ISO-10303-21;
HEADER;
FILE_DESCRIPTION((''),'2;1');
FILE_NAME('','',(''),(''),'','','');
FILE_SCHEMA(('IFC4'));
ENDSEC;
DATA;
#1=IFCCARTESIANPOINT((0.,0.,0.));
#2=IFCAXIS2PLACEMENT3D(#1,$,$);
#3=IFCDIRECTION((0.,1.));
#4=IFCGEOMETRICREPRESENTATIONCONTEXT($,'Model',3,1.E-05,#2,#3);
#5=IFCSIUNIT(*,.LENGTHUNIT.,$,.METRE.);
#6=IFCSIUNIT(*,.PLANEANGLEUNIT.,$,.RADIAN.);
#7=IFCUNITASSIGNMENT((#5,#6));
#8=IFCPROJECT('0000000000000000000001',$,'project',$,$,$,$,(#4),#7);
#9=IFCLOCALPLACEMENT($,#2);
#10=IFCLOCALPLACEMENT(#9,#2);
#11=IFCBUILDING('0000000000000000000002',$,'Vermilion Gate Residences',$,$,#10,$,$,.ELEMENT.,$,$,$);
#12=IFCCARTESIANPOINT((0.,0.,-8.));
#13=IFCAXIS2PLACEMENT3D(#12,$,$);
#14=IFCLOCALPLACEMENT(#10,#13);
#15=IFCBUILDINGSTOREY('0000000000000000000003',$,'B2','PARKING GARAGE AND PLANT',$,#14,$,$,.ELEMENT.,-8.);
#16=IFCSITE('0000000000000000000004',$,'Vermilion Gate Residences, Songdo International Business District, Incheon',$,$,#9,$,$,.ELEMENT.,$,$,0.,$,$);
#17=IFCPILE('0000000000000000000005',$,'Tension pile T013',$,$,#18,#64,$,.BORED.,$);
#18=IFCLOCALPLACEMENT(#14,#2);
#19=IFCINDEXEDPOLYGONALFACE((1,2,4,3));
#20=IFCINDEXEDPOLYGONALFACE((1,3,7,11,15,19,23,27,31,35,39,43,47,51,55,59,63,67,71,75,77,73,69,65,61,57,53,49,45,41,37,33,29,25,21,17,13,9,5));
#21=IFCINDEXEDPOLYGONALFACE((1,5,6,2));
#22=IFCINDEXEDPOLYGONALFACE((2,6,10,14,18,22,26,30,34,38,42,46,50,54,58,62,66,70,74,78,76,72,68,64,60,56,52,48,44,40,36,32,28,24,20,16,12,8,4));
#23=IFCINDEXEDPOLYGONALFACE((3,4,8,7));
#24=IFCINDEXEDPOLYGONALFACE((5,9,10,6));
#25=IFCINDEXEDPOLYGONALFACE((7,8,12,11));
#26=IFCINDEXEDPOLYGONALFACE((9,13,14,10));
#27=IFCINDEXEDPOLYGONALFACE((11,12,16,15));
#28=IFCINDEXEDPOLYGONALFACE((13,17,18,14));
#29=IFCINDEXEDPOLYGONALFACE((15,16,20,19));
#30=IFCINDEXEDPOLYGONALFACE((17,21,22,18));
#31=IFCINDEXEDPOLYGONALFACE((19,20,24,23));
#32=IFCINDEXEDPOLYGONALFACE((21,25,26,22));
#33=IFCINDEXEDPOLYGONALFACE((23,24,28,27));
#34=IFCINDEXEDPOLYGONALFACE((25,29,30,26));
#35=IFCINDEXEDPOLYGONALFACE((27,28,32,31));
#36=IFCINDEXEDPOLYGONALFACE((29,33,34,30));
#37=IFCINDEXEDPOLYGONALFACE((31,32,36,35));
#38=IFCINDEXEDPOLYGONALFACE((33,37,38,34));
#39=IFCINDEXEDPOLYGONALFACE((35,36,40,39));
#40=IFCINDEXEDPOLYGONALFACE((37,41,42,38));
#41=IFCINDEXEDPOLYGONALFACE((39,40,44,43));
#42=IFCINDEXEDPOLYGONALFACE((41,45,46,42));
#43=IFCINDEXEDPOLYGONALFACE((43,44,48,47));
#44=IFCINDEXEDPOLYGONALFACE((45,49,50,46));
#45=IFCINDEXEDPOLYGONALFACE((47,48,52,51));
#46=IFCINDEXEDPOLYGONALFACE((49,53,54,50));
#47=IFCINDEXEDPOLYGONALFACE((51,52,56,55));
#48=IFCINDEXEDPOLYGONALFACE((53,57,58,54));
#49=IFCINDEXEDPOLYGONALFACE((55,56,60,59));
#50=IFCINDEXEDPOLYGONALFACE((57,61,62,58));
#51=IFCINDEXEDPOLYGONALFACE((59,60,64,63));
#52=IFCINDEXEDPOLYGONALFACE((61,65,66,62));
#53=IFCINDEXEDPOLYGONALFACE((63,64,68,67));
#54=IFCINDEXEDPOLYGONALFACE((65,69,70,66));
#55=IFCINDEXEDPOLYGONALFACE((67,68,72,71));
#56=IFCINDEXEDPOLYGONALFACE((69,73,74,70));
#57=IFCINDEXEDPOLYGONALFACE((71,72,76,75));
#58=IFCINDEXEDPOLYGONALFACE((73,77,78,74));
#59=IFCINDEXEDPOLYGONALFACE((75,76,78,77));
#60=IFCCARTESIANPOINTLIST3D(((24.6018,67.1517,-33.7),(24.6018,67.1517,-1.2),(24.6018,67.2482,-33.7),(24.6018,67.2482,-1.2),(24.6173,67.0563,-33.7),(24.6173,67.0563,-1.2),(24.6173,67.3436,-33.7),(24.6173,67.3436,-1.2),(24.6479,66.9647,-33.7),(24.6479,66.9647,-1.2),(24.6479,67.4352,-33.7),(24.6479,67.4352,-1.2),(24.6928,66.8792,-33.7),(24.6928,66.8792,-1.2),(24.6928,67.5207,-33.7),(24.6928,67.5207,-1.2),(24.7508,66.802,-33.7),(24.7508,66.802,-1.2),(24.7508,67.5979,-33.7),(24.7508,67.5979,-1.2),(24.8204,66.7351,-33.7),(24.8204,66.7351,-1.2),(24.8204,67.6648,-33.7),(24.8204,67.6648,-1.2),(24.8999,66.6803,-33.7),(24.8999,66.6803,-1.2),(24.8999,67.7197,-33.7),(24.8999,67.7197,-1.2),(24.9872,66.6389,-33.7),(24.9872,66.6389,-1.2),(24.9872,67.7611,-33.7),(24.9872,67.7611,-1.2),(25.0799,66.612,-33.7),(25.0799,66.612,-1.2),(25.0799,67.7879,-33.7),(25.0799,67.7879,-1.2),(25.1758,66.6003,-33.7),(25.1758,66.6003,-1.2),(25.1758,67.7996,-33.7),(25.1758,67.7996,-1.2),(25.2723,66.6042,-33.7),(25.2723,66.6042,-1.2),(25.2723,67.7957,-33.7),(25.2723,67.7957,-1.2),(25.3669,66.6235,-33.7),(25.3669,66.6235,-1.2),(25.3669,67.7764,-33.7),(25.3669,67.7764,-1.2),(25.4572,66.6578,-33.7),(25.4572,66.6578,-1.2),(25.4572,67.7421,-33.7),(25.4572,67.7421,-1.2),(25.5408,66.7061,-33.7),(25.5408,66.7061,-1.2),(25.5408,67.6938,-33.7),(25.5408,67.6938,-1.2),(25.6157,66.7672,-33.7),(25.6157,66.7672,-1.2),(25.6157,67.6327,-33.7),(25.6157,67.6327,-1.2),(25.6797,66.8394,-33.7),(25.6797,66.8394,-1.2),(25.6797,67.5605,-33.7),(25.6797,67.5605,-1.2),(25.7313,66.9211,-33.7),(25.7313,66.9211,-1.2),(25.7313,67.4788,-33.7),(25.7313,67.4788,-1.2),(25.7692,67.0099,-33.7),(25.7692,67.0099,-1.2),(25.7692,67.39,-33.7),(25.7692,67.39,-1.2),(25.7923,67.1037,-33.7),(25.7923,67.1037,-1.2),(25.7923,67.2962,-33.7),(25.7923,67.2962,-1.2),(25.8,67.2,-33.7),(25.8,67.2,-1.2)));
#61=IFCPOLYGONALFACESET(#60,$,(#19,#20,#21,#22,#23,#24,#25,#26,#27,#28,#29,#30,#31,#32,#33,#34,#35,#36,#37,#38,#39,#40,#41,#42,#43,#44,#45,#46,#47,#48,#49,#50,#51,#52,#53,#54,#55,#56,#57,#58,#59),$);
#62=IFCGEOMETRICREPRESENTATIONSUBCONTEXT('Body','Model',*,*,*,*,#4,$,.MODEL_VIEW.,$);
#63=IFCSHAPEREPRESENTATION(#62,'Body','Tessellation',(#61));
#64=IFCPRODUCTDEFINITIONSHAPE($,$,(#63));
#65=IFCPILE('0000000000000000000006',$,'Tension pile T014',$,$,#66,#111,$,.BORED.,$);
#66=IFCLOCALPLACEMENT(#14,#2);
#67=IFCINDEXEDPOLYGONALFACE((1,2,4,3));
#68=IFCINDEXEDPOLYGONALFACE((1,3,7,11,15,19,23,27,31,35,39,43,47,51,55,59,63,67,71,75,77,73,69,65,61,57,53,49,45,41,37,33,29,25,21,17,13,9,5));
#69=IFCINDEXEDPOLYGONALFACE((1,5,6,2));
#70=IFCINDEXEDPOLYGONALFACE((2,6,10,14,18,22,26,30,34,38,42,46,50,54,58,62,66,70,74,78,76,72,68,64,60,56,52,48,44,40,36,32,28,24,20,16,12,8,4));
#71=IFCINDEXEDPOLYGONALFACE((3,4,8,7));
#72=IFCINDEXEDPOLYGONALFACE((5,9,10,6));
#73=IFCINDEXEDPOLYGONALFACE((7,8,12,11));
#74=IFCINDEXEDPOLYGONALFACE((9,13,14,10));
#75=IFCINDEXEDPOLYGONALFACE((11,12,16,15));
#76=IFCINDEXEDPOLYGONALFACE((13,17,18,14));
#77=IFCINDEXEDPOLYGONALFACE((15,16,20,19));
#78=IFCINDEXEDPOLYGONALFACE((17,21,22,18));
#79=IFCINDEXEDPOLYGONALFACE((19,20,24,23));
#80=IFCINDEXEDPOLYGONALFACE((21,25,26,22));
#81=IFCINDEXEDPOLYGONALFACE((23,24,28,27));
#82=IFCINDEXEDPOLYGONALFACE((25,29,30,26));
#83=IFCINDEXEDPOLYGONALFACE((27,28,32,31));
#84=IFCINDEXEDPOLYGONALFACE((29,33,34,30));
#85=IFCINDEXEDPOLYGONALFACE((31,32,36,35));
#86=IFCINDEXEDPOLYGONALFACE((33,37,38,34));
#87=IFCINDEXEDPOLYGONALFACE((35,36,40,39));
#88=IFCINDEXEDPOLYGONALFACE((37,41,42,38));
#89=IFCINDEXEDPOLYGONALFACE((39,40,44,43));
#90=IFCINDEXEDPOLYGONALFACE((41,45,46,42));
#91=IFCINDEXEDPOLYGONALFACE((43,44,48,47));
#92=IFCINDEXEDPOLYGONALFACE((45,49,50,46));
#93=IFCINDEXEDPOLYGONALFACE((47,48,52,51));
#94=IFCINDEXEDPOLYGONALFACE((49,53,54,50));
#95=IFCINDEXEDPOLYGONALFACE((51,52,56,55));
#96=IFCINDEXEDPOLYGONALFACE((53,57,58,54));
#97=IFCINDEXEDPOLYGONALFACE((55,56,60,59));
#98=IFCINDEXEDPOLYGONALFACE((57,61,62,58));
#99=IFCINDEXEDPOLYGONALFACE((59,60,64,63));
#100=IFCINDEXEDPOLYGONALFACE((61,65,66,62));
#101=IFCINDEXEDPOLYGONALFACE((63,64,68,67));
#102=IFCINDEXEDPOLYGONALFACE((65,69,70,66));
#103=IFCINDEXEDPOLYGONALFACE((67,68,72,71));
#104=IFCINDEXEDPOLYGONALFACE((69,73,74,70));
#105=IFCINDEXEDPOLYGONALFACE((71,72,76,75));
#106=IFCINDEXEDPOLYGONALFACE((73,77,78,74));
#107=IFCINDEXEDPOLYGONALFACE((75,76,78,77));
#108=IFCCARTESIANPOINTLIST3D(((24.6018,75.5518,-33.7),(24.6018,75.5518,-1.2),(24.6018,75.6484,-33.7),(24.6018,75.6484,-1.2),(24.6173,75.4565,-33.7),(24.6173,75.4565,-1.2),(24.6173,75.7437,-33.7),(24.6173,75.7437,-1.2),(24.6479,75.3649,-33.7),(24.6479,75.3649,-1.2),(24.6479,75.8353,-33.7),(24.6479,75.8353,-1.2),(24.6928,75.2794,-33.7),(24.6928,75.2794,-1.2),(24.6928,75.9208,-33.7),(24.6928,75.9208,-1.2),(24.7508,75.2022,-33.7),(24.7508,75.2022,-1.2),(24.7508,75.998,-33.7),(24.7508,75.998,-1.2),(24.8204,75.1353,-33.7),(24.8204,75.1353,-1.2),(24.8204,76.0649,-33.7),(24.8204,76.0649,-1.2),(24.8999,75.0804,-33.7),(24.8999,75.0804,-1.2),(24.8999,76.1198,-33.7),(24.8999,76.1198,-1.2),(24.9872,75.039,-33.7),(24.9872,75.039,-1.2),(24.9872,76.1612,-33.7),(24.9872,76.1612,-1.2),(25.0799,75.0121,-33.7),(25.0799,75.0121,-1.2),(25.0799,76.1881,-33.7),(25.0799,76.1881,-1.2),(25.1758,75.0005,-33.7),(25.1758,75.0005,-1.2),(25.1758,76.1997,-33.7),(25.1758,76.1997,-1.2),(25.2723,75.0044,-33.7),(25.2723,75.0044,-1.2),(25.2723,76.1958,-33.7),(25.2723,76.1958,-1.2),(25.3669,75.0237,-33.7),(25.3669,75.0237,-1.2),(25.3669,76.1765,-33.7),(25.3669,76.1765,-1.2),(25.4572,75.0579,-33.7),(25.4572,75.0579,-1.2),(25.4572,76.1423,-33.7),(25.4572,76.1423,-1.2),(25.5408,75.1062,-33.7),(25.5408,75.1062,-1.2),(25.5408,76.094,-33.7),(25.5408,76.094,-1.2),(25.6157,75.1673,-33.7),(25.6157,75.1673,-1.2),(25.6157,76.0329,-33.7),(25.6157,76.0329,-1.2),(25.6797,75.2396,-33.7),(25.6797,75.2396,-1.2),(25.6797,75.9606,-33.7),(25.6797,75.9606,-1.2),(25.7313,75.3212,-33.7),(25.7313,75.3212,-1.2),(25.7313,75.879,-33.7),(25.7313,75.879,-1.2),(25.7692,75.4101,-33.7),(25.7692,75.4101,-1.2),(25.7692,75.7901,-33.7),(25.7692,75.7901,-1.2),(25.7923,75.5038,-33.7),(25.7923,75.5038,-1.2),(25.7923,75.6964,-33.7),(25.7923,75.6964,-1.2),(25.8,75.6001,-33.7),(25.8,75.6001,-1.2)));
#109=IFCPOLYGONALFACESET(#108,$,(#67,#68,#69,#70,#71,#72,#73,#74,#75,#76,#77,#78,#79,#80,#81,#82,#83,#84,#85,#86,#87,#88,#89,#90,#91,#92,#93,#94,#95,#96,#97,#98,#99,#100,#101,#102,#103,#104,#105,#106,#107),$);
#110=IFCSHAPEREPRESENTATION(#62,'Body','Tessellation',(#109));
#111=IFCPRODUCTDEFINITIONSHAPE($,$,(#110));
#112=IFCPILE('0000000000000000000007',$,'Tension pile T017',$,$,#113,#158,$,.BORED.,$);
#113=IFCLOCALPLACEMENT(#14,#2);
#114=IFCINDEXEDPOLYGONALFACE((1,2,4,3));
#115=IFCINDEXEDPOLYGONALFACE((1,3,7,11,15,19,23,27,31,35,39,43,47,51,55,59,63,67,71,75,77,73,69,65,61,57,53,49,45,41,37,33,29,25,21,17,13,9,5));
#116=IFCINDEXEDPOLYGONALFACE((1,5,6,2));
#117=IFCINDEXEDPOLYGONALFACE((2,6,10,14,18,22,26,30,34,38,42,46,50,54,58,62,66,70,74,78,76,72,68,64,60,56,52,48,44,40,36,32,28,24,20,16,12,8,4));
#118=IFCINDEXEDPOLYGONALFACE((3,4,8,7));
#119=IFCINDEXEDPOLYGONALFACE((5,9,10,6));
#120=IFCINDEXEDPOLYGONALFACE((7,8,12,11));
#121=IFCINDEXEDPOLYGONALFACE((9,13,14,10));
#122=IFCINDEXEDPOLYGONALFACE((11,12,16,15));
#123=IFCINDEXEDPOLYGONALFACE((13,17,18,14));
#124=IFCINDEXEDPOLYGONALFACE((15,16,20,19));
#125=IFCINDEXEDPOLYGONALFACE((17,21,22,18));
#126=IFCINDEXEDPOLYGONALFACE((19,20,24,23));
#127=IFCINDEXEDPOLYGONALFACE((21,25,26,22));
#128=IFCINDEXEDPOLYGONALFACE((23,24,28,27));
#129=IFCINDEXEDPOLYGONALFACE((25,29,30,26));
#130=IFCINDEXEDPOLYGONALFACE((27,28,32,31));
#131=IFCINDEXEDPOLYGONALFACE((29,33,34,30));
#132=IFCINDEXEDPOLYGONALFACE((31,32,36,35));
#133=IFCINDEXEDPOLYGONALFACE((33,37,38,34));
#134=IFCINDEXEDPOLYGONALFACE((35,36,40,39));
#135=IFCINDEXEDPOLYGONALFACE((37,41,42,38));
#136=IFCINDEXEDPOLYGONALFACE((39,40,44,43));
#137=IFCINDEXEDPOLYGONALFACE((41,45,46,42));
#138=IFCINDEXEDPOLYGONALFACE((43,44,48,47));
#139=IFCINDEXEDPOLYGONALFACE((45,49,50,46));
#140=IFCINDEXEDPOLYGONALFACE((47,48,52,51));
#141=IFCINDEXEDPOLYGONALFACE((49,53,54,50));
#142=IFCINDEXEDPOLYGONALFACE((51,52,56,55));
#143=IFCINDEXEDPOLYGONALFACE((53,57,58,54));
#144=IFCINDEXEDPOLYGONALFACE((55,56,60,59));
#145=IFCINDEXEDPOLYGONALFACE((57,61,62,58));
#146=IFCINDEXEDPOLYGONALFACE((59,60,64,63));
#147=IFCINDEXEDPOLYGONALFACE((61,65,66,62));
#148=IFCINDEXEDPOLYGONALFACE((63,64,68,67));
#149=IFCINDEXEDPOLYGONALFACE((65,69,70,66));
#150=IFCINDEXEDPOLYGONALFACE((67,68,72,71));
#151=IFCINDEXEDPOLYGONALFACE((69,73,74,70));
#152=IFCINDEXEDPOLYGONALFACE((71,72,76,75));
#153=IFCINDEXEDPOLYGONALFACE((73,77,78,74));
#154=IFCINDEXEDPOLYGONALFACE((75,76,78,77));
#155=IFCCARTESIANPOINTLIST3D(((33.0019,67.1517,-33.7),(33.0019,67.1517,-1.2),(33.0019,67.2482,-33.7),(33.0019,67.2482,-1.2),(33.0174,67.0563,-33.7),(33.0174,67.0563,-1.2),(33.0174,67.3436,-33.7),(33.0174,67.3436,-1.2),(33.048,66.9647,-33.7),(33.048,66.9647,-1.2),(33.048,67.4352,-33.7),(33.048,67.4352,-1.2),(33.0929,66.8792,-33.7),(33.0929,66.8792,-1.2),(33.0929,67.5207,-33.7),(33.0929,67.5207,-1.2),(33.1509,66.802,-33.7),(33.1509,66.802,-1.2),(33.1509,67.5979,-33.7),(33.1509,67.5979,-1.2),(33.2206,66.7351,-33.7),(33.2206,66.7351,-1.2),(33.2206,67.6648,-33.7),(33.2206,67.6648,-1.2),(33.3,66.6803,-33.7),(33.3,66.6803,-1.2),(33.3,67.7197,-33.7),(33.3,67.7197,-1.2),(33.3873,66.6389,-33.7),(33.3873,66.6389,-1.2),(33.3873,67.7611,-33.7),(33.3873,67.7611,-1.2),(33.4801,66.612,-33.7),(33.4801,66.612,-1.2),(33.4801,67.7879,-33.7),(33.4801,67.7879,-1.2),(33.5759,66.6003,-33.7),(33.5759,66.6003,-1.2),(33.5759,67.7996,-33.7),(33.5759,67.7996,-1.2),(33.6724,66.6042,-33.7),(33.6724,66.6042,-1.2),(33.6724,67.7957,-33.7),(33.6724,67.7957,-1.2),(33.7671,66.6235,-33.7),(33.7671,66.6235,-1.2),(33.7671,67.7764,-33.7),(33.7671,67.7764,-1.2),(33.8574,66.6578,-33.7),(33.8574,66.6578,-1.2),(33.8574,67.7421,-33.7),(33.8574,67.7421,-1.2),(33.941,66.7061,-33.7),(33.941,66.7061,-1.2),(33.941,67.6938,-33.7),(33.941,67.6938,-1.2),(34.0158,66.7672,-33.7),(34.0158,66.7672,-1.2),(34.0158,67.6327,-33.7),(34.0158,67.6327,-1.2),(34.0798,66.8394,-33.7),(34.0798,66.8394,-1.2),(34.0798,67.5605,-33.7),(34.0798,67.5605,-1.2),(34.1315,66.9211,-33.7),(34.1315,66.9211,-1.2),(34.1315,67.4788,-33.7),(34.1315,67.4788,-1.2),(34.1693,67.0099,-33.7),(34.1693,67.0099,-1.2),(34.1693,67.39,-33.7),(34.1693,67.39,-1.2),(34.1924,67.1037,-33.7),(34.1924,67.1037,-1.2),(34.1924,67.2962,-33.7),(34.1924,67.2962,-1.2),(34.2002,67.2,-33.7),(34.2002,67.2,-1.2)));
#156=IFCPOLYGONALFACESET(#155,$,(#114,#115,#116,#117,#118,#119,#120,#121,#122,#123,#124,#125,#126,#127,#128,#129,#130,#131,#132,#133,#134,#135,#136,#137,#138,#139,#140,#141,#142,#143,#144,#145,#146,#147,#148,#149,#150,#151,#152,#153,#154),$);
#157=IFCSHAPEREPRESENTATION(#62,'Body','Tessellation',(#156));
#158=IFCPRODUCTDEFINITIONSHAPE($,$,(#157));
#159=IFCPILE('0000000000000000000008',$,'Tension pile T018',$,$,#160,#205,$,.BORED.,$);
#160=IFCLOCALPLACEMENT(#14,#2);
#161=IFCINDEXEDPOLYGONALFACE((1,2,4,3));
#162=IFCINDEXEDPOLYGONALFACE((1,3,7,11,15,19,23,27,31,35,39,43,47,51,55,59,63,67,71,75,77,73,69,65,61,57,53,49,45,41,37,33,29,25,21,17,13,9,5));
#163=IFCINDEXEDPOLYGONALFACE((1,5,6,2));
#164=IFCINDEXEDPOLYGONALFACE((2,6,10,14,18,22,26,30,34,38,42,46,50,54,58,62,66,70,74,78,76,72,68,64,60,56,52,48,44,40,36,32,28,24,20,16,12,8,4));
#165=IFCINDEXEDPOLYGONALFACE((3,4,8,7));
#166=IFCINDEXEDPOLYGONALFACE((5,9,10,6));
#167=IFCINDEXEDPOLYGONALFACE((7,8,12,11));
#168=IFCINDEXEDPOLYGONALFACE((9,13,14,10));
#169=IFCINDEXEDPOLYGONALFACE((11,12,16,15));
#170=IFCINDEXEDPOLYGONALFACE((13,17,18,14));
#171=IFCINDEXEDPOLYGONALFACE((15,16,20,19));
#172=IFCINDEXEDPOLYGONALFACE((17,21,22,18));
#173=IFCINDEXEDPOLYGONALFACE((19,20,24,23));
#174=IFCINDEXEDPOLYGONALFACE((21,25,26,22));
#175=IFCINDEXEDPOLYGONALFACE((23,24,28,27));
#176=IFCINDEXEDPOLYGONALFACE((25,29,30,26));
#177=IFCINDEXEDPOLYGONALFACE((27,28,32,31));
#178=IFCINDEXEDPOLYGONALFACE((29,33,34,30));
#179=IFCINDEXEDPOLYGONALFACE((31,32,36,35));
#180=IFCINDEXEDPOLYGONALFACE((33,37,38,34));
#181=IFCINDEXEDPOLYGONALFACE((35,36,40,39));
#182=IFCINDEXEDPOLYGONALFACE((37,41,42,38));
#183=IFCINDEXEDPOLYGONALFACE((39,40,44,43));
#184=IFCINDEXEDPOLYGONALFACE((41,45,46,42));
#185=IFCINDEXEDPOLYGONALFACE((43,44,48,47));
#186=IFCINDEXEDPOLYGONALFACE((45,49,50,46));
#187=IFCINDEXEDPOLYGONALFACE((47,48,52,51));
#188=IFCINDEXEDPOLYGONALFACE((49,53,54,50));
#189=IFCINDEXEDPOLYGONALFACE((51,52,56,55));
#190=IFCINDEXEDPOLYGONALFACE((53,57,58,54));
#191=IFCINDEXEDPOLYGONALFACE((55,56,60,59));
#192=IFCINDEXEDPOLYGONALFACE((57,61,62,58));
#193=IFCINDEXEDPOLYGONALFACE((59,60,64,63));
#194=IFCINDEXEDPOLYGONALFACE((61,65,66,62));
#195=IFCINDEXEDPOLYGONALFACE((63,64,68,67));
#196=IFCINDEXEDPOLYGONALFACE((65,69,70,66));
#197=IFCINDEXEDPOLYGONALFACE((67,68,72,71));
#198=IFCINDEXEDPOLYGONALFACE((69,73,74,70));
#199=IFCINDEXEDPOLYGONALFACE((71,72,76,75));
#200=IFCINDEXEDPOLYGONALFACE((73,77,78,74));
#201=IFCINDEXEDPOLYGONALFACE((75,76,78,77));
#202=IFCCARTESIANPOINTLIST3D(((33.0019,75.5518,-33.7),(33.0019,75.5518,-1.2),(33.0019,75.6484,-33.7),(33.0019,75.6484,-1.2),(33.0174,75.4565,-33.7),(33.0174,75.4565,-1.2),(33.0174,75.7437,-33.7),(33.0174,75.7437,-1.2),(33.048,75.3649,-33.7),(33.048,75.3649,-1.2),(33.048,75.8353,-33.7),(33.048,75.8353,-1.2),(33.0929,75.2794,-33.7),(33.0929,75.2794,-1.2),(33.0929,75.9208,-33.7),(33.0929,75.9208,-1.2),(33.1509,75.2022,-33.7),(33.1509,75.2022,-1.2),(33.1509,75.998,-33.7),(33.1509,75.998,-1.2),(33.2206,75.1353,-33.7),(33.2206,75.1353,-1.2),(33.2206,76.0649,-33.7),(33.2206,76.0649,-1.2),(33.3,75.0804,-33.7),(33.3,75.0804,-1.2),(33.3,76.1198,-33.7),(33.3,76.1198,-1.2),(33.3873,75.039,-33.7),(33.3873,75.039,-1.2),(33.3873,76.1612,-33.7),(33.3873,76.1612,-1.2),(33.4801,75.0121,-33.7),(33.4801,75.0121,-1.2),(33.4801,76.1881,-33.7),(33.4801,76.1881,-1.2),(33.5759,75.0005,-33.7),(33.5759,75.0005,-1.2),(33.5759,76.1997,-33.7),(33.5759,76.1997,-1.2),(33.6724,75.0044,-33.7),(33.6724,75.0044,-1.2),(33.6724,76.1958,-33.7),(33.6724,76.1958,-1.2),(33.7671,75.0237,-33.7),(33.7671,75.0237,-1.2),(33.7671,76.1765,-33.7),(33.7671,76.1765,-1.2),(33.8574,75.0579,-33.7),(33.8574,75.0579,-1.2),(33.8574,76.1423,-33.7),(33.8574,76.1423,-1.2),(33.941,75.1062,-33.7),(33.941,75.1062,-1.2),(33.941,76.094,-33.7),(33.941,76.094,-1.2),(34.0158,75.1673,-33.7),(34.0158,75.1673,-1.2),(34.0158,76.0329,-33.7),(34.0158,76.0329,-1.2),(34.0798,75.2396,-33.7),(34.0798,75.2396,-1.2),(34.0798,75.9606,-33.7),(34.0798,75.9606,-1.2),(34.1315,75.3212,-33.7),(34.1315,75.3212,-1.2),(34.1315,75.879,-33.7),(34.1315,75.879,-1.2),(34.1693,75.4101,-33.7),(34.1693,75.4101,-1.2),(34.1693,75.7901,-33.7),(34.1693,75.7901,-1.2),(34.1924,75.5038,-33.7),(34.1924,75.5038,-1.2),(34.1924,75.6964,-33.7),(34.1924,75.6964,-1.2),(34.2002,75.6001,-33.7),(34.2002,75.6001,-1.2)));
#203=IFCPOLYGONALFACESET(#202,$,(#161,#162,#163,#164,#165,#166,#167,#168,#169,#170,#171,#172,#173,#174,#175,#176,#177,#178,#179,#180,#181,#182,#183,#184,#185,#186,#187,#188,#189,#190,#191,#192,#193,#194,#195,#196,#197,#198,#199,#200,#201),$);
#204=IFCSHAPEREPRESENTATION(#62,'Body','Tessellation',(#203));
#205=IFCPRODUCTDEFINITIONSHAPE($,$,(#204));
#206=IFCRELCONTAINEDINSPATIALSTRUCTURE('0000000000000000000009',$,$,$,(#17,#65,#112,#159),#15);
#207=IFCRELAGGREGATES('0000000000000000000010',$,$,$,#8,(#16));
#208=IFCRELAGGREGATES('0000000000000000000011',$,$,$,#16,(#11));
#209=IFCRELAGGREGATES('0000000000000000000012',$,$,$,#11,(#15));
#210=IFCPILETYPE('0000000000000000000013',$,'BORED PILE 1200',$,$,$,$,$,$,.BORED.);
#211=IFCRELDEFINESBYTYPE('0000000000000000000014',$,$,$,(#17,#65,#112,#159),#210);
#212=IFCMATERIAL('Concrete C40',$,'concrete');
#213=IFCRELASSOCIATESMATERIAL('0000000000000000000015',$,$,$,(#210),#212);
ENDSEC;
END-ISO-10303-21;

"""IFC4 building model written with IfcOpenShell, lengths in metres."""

from ifc_helpers import new_model, si_unit, direction, frame, origin, origin_2d, place, context, subcontext, project, spatial, circle, extrude, material, material_profile, profile_set, type_object, element, save


model = new_model("IFC4")

# Units and contexts
model_context = context("Model", 3, precision=1e-05, world=origin(), true_north=direction((0.0, 1.0)))
body_context = subcontext(model_context, "Body", "Model", "MODEL_VIEW")
ifc_project = project(units=[si_unit("LENGTHUNIT", "METRE"), si_unit("PLANEANGLEUNIT", "RADIAN")], contexts=[model_context])

# Site, building, storey
site_placement = place(None, origin())
site = spatial("IfcSite", under=ifc_project, at=site_placement, Name="Vermilion Gate Residences, Songdo International Business District, Incheon", CompositionType="ELEMENT", RefElevation=0.0)
building_placement = place(site_placement, origin())
building = spatial("IfcBuilding", under=site, at=building_placement, Name="Vermilion Gate Residences", CompositionType="ELEMENT")
storey_placement = place(building_placement, frame((0.0, 0.0, -8.0)))
storey = spatial("IfcBuildingStorey", under=building, at=storey_placement, Name="B2", Description="PARKING GARAGE AND PLANT", CompositionType="ELEMENT", Elevation=-8.0)

# Piles
ifc_material_1 = material(Name="Concrete C40", Category="concrete")
ifc_material_profile_1 = material_profile(ifc_material_1, circle(Radius=0.6001, at=origin_2d()), Name="BORED PILE 1200")
ifc_profile_set_1 = profile_set([ifc_material_profile_1], Name="Concrete C40")
pile_type = type_object("IfcPileType", Name="BORED PILE 1200", PredefinedType="BORED", material=ifc_profile_set_1)
for number, where, z_axis, x_axis, name in (
    (1, (25.2, 67.2, -1.2), (0.0, 0.0, -1.0), (1.0, 0.0, 0.0), "Tension pile T013"),
    (2, (25.2, 75.6001, -1.2), (0.0, 0.0, -1.0), (1.0, 0.0, 0.0), "Tension pile T014"),
    (3, (33.6001, 67.2, -1.2), (0.0, 0.0, -1.0), (1.0, 0.0, 0.0), "Tension pile T017"),
    (4, (33.6001, 75.6001, -1.2), (0.0, 0.0, -1.0), (1.0, 0.0, 0.0), "Tension pile T018"),
):
    element("IfcPile", number, at=place(storey_placement, frame(where, z_axis=z_axis, x_axis=x_axis)), inside=storey, type_object=pile_type, Name=name, PredefinedType="BORED", context=body_context, shape_type="SweptSolid", body=[
        extrude(circle(Radius=0.6001, at=origin_2d()), origin(), (0.0, 0.0, 1.0), 32.5),
    ])

save(model, "model.ifc")
